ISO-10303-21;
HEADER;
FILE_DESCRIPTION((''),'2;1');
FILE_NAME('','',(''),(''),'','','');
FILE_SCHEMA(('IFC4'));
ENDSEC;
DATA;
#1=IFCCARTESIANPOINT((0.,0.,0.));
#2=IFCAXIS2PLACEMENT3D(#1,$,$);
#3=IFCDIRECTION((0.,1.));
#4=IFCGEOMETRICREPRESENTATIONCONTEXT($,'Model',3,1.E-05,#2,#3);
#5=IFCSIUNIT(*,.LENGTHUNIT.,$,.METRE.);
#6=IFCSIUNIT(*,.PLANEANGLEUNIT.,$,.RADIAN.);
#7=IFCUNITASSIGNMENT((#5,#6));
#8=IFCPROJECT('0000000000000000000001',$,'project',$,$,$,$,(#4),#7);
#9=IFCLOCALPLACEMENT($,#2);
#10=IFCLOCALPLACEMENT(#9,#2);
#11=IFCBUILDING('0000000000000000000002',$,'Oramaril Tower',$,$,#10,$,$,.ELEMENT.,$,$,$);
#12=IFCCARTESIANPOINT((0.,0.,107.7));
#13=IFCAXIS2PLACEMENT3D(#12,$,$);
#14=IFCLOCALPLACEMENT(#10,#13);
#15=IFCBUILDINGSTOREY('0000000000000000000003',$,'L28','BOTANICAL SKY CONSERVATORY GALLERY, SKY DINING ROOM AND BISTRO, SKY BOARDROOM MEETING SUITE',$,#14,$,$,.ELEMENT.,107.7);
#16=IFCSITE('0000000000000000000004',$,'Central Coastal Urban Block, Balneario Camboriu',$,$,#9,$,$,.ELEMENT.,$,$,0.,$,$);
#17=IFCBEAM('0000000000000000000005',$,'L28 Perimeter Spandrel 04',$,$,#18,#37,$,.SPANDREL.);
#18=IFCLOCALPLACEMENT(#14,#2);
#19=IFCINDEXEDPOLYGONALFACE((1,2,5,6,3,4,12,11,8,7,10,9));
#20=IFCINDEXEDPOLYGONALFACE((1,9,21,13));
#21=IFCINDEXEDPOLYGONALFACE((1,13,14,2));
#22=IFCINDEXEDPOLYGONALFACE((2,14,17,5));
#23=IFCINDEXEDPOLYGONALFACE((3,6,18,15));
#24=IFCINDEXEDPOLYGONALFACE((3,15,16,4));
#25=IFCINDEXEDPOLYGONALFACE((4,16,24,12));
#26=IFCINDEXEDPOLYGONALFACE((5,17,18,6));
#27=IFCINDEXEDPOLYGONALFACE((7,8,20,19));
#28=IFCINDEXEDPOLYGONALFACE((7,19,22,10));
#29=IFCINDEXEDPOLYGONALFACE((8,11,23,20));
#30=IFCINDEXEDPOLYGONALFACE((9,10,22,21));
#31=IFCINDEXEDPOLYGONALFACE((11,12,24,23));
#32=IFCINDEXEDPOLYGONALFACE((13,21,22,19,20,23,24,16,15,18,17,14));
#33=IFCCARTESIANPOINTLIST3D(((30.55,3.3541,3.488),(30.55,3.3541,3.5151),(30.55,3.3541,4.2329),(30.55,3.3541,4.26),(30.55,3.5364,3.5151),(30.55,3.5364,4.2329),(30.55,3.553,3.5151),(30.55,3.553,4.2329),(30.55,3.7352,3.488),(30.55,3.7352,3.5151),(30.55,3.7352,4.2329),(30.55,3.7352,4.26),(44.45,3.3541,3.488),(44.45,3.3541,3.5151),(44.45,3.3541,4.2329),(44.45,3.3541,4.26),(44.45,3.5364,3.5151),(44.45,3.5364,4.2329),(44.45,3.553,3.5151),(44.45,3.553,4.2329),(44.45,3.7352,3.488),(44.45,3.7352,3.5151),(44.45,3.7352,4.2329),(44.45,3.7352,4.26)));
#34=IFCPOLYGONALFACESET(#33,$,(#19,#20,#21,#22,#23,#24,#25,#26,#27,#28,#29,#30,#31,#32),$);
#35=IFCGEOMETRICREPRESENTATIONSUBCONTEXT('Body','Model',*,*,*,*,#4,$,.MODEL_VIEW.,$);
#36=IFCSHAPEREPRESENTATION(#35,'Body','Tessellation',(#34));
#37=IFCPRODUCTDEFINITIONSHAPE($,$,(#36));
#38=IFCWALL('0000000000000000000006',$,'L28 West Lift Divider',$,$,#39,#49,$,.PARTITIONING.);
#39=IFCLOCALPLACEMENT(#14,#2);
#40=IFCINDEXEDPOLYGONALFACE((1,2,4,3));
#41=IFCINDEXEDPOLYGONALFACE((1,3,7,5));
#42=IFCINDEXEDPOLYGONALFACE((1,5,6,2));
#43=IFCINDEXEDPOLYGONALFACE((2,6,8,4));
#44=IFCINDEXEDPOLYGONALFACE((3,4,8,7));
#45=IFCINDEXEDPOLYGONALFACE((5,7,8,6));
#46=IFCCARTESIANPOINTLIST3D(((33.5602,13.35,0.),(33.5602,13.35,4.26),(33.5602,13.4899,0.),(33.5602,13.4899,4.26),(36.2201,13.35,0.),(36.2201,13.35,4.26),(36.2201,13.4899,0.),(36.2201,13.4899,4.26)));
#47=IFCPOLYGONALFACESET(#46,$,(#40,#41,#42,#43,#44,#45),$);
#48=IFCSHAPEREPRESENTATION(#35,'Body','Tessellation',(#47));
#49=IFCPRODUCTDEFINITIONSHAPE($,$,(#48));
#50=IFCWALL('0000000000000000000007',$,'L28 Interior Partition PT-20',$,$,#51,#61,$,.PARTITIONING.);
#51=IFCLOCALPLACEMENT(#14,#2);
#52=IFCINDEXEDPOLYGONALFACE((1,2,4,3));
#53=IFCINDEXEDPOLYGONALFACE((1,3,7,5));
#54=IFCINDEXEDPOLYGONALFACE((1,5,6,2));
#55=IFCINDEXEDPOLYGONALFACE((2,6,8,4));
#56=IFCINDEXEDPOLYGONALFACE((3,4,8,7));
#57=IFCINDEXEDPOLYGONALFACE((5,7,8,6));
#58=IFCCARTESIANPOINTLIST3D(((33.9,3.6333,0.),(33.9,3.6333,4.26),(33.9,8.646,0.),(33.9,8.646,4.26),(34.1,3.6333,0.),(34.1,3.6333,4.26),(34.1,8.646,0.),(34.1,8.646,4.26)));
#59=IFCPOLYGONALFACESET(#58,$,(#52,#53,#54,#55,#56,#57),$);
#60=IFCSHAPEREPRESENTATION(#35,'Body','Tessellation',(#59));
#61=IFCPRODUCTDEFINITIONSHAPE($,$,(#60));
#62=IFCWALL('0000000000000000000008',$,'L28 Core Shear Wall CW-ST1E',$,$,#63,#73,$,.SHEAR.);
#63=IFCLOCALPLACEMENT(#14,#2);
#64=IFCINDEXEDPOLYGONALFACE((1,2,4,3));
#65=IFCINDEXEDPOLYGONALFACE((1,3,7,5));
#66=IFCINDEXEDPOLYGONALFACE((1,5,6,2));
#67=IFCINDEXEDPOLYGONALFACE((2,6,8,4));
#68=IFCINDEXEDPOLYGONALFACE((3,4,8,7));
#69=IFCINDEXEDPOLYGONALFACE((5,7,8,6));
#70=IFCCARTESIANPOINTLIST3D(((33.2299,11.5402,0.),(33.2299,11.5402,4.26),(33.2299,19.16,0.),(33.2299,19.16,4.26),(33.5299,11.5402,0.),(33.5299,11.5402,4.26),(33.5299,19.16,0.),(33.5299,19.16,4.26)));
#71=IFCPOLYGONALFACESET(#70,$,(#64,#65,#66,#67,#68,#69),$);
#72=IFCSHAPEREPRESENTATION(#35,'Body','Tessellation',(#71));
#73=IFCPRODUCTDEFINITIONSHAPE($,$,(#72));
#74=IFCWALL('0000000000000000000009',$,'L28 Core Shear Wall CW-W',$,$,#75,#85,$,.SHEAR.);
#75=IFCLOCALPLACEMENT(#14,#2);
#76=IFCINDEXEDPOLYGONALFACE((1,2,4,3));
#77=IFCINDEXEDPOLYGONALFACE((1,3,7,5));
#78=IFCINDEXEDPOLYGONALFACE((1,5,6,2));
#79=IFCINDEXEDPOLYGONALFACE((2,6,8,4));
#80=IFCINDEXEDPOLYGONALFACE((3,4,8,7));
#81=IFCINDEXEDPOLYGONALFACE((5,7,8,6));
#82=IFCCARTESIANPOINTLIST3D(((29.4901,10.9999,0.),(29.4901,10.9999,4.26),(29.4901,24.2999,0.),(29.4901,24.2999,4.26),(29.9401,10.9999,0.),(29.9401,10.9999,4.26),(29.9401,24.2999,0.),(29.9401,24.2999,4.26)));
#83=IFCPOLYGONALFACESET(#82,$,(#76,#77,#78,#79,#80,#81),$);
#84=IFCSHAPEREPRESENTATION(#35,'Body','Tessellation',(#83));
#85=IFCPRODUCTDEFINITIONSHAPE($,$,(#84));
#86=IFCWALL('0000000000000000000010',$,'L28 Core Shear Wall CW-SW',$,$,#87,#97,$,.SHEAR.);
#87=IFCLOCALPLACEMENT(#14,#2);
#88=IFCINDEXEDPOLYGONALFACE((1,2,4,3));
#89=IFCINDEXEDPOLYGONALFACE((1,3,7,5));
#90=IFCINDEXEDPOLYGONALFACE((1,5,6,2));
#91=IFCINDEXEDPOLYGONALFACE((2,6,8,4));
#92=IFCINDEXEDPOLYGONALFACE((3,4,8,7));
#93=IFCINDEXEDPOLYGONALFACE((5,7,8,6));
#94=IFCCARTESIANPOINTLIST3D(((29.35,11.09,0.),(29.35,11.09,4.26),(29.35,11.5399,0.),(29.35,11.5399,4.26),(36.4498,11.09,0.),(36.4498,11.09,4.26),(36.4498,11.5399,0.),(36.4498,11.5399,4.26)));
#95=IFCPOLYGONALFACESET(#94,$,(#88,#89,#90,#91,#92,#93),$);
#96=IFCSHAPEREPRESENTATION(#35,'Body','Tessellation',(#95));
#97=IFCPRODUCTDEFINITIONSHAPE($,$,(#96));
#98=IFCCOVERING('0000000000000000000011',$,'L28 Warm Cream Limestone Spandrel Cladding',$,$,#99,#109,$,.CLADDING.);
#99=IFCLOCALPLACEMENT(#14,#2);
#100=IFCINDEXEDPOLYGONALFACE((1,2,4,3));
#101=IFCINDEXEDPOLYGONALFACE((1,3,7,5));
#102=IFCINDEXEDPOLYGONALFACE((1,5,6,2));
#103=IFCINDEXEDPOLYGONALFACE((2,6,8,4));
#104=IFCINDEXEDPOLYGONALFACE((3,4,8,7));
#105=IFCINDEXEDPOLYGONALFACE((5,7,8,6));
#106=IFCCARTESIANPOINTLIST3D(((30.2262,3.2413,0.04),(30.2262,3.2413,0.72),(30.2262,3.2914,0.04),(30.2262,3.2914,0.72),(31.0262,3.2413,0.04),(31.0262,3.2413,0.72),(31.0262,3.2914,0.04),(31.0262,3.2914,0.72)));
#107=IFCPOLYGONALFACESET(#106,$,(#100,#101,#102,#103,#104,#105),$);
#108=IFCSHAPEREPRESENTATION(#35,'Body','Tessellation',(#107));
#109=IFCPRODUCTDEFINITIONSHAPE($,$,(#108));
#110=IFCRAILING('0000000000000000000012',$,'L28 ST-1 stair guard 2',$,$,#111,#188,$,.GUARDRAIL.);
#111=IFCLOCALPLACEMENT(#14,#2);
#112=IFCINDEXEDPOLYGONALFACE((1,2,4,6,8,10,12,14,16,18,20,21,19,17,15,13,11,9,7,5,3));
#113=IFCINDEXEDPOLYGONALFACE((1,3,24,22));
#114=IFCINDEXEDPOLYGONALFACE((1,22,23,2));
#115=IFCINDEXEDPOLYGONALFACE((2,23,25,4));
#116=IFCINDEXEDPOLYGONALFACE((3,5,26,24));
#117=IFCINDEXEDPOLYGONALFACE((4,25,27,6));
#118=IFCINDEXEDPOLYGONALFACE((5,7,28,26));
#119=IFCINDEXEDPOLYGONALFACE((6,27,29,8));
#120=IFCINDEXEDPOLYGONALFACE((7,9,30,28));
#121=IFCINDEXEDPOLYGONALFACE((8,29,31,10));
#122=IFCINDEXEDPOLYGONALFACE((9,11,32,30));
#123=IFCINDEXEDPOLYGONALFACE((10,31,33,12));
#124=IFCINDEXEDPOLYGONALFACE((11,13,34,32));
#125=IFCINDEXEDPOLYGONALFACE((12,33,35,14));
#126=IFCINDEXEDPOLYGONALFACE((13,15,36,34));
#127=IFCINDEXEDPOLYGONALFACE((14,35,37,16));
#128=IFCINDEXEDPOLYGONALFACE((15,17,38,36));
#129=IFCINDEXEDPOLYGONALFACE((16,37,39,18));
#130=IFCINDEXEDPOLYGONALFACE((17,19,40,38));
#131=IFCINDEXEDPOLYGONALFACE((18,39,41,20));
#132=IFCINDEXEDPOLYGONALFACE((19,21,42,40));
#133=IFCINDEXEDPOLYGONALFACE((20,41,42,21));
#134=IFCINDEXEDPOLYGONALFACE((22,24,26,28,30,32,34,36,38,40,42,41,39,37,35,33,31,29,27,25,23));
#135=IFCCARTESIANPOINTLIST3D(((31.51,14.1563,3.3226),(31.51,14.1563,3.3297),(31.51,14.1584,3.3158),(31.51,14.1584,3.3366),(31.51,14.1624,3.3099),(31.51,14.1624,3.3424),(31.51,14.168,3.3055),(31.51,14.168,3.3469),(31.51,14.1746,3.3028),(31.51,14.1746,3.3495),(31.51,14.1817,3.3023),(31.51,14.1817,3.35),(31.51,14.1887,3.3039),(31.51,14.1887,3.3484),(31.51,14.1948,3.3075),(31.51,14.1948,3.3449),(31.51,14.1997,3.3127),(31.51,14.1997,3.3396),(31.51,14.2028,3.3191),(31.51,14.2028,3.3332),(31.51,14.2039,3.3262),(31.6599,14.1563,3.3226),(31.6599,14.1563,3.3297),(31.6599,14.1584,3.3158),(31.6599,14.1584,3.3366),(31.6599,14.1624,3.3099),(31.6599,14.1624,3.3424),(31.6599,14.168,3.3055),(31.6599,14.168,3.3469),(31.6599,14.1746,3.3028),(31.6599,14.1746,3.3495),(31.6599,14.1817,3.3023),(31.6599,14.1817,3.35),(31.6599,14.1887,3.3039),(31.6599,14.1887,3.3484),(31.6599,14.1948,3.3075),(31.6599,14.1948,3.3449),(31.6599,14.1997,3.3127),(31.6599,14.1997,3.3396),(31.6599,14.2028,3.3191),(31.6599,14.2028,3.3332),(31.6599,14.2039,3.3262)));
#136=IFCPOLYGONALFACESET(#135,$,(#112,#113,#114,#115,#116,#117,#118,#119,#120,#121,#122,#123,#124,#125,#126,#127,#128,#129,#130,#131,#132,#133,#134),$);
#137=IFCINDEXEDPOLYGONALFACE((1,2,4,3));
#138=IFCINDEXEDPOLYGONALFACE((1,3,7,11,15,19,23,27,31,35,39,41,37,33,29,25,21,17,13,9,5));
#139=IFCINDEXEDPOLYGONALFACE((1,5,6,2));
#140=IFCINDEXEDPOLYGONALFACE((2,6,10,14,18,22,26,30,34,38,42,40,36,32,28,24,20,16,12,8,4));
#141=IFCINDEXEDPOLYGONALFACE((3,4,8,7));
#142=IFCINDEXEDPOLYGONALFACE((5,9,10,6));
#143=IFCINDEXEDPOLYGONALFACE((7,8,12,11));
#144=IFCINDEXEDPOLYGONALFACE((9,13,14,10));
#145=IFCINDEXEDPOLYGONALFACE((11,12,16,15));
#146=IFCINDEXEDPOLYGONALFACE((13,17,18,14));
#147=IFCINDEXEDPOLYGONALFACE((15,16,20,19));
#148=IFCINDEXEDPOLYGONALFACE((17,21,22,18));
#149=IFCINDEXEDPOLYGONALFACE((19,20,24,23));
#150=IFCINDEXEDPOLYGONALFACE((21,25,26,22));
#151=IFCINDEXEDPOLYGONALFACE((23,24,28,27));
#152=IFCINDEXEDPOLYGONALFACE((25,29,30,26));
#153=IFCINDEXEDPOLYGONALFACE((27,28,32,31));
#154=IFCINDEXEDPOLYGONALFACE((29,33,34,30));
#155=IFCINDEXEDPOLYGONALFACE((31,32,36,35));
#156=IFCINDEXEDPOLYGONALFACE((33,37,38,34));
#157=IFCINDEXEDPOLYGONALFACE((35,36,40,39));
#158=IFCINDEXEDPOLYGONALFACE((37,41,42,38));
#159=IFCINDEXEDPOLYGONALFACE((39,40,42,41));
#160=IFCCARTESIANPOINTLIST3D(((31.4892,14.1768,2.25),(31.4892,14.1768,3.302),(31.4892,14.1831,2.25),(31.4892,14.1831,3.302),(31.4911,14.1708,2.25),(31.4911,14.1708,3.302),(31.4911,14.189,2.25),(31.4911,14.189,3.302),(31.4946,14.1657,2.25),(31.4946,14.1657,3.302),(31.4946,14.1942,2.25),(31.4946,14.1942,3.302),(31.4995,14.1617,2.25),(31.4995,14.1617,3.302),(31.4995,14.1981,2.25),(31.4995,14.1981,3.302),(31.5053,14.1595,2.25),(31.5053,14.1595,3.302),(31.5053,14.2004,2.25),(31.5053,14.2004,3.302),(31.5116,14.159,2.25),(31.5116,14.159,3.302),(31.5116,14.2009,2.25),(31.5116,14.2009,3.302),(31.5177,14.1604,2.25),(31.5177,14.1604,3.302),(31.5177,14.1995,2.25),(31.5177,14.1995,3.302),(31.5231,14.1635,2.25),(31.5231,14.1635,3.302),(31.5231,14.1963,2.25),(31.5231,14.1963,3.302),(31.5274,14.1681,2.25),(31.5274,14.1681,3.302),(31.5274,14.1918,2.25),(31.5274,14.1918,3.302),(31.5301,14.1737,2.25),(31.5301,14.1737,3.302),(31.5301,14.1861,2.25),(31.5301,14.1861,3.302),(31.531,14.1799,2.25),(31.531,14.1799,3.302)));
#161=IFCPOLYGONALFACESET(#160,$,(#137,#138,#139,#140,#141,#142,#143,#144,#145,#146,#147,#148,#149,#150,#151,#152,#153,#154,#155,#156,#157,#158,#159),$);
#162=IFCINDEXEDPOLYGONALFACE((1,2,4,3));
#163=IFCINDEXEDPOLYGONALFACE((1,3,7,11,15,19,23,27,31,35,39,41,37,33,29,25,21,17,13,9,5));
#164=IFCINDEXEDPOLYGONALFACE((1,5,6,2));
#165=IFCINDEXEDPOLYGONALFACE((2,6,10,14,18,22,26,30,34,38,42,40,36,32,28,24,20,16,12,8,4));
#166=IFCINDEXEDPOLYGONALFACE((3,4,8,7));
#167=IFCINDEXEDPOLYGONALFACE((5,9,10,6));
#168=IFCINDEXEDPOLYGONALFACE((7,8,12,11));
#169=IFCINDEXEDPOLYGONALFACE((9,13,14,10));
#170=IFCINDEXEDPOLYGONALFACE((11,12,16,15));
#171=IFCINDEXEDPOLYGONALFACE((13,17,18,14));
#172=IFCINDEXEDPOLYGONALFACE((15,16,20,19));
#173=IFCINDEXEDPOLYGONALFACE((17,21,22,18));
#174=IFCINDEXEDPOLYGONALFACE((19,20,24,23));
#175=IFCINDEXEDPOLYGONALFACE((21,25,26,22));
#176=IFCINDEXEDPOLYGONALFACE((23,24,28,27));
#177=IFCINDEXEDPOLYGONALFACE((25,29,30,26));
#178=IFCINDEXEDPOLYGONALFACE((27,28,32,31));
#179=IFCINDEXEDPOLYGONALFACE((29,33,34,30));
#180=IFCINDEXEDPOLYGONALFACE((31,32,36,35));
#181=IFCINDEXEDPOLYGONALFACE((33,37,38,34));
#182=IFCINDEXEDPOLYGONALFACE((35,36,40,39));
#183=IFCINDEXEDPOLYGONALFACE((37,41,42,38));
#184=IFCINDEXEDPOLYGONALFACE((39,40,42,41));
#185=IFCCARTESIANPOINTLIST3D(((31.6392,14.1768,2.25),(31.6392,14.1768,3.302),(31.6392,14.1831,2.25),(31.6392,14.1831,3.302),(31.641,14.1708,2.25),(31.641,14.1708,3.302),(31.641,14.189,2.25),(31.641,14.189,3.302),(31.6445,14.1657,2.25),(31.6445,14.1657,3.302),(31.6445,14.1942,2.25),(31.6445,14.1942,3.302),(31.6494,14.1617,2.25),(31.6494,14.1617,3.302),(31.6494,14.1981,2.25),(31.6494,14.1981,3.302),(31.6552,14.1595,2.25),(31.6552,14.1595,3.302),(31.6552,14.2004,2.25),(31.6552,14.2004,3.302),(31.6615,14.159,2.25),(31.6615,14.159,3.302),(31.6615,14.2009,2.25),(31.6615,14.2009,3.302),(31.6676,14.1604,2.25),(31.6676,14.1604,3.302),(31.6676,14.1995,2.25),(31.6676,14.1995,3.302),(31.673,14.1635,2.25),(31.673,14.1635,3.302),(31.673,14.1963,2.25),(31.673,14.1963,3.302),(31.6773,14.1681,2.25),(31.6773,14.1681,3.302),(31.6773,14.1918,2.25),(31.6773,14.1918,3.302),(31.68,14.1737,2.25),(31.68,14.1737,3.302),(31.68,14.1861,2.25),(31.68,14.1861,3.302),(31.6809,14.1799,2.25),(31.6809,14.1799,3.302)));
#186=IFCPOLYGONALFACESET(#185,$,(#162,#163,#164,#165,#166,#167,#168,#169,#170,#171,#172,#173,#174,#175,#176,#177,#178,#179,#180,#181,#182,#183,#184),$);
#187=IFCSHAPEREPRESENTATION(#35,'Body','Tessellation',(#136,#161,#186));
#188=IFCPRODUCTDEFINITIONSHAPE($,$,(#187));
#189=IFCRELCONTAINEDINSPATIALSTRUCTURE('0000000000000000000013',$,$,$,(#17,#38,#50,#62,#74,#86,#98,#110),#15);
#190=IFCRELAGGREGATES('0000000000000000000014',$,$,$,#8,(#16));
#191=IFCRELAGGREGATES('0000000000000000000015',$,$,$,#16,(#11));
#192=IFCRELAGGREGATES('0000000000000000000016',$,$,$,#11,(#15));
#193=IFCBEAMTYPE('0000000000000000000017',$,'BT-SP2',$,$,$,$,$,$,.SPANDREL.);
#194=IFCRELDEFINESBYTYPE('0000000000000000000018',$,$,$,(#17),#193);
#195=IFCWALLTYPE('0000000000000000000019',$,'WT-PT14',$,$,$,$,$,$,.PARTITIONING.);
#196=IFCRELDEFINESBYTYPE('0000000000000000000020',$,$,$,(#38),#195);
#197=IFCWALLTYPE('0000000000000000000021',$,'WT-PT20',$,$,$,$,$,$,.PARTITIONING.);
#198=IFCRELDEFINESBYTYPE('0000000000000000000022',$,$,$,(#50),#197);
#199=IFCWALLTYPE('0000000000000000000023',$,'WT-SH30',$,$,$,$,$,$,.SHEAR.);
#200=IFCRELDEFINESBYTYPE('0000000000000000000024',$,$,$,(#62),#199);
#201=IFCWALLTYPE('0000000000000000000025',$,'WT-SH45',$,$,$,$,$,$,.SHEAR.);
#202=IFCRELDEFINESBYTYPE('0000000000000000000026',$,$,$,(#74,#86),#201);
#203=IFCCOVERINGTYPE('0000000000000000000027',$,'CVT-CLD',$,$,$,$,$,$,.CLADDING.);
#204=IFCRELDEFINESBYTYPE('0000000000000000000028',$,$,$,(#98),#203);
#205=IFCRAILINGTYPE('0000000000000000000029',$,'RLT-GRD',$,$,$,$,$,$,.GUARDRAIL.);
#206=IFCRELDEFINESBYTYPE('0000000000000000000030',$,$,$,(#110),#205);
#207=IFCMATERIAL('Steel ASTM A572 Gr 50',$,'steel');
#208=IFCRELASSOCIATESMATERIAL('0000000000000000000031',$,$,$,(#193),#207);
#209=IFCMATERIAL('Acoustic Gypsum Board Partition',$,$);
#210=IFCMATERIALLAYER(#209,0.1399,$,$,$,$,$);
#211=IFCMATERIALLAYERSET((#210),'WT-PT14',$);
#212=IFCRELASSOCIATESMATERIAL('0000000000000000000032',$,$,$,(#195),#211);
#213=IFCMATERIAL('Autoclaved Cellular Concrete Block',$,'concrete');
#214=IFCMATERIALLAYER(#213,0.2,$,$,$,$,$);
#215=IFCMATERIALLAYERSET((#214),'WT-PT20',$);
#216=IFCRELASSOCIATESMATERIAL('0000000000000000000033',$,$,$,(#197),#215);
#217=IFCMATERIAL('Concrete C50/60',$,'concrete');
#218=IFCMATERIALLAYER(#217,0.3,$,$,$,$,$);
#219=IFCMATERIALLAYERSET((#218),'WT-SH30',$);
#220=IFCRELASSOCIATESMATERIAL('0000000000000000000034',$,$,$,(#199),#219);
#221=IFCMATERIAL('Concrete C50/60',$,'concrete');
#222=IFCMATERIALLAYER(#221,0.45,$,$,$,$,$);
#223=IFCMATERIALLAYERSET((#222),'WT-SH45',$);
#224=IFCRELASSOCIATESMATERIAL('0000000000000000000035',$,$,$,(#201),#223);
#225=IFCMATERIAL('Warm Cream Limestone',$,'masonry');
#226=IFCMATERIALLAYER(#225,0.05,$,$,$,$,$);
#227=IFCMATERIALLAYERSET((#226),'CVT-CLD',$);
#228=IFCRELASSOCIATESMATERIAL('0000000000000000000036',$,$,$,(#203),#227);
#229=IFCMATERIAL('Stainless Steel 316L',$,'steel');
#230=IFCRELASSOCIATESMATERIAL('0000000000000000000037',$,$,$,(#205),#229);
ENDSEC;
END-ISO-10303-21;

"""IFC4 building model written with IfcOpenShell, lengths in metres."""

from ifc_helpers import new_model, si_unit, direction, frame, frame_2d, origin, origin_2d, place, context, subcontext, project, spatial, rectangle, circle, i_section, extrude, material, layer, layer_set, material_profile, profile_set, type_object, element, save


model = new_model("IFC4")

# Units and contexts
model_context = context("Model", 3, precision=1e-05, world=origin(), true_north=direction((0.0, 1.0)))
body_context = subcontext(model_context, "Body", "Model", "MODEL_VIEW")
ifc_project = project(units=[si_unit("LENGTHUNIT", "METRE"), si_unit("PLANEANGLEUNIT", "RADIAN")], contexts=[model_context])

# Site, building, storey
site_placement = place(None, origin())
site = spatial("IfcSite", under=ifc_project, at=site_placement, Name="Central Coastal Urban Block, Balneario Camboriu", CompositionType="ELEMENT", RefElevation=0.0)
building_placement = place(site_placement, origin())
building = spatial("IfcBuilding", under=site, at=building_placement, Name="Oramaril Tower", CompositionType="ELEMENT")
storey_placement = place(building_placement, frame((0.0, 0.0, 107.7)))
storey = spatial("IfcBuildingStorey", under=building, at=storey_placement, Name="L28", Description="BOTANICAL SKY CONSERVATORY GALLERY, SKY DINING ROOM AND BISTRO, SKY BOARDROOM MEETING SUITE", CompositionType="ELEMENT", Elevation=107.7)

# Beam
ifc_material_1 = material(Name="Steel ASTM A572 Gr 50", Category="steel")
ifc_material_profile_1 = material_profile(ifc_material_1, i_section(OverallWidth=0.3811, OverallDepth=0.772, WebThickness=0.0166, FlangeThickness=0.0271, at=origin_2d()), Name="W30X173")
ifc_profile_set_1 = profile_set([ifc_material_profile_1], Name="Steel ASTM A572 Gr 50")
beam_type_1 = type_object("IfcBeamType", Name="BT-SP2", PredefinedType="SPANDREL", material=ifc_profile_set_1)
beam_1_placement = place(storey_placement, frame((30.55, 3.5447, 3.874), z_axis=(1.0, 0.0, 0.0), x_axis=(0.0, 1.0, 0.0)))
element("IfcBeam", 1, at=beam_1_placement, inside=storey, type_object=beam_type_1, Name="L28 Perimeter Spandrel 04", PredefinedType="SPANDREL", context=body_context, shape_type="SweptSolid", body=[
    extrude(i_section(OverallWidth=0.3811, OverallDepth=0.772, WebThickness=0.0166, FlangeThickness=0.0271, at=origin_2d()), origin(), (0.0, 0.0, 1.0), 13.8999),
])

# Walls
ifc_material_2 = material(Name="Acoustic Gypsum Board Partition")
ifc_layer_1 = layer(ifc_material_2, 0.1399)
ifc_layer_set_1 = layer_set([ifc_layer_1], Name="WT-PT14")
wall_type_1 = type_object("IfcWallType", Name="WT-PT14", PredefinedType="PARTITIONING", material=ifc_layer_set_1)
wall_1_placement = place(storey_placement, frame((33.5601, 13.4199, 0.0), z_axis=(0.0, 0.0, 1.0), x_axis=(1.0, 0.0, 0.0)))
element("IfcWall", 2, at=wall_1_placement, inside=storey, type_object=wall_type_1, Name="L28 West Lift Divider", PredefinedType="PARTITIONING", context=body_context, shape_type="SweptSolid", body=[
    extrude(rectangle(XDim=2.6599, YDim=0.1399, at=frame_2d((1.3301, 0.0))), origin(), (0.0, 0.0, 1.0), 4.26),
])
ifc_material_3 = material(Name="Autoclaved Cellular Concrete Block", Category="concrete")
ifc_layer_2 = layer(ifc_material_3, 0.2)
ifc_layer_set_2 = layer_set([ifc_layer_2], Name="WT-PT20")
wall_type_2 = type_object("IfcWallType", Name="WT-PT20", PredefinedType="PARTITIONING", material=ifc_layer_set_2)
wall_2_placement = place(storey_placement, frame((34.0, 3.6333, 0.0), z_axis=(0.0, 0.0, 1.0), x_axis=(0.0, 1.0, 0.0)))
element("IfcWall", 3, at=wall_2_placement, inside=storey, type_object=wall_type_2, Name="L28 Interior Partition PT-20", PredefinedType="PARTITIONING", context=body_context, shape_type="SweptSolid", body=[
    extrude(rectangle(XDim=5.0127, YDim=0.2, at=frame_2d((2.5063, 0.0))), origin(), (0.0, 0.0, 1.0), 4.26),
])
ifc_material_4 = material(Name="Concrete C50/60", Category="concrete")
ifc_layer_3 = layer(ifc_material_4, 0.3)
ifc_layer_set_3 = layer_set([ifc_layer_3], Name="WT-SH30")
wall_type_3 = type_object("IfcWallType", Name="WT-SH30", PredefinedType="SHEAR", material=ifc_layer_set_3)
wall_3_placement = place(storey_placement, frame((33.3799, 11.54, 0.0), z_axis=(0.0, 0.0, 1.0), x_axis=(0.0, 1.0, 0.0)))
element("IfcWall", 4, at=wall_3_placement, inside=storey, type_object=wall_type_3, Name="L28 Core Shear Wall CW-ST1E", PredefinedType="SHEAR", context=body_context, shape_type="SweptSolid", body=[
    extrude(rectangle(XDim=7.6199, YDim=0.3, at=frame_2d((3.8101, 0.0))), origin(), (0.0, 0.0, 1.0), 4.26),
])
ifc_material_5 = material(Name="Concrete C50/60", Category="concrete")
ifc_layer_4 = layer(ifc_material_5, 0.45)
ifc_layer_set_4 = layer_set([ifc_layer_4], Name="WT-SH45")
wall_type_4 = type_object("IfcWallType", Name="WT-SH45", PredefinedType="SHEAR", material=ifc_layer_set_4)
wall_4_placement = place(storey_placement, frame((29.7151, 11.0, 0.0), z_axis=(0.0, 0.0, 1.0), x_axis=(0.0, 1.0, 0.0)))
element("IfcWall", 5, at=wall_4_placement, inside=storey, type_object=wall_type_4, Name="L28 Core Shear Wall CW-W", PredefinedType="SHEAR", context=body_context, shape_type="SweptSolid", body=[
    extrude(rectangle(XDim=13.3, YDim=0.45, at=frame_2d((6.6499, 0.0))), origin(), (0.0, 0.0, 1.0), 4.26),
])
wall_5_placement = place(storey_placement, frame((29.3501, 11.3149, 0.0), z_axis=(0.0, 0.0, 1.0), x_axis=(1.0, 0.0, 0.0)))
element("IfcWall", 6, at=wall_5_placement, inside=storey, type_object=wall_type_4, Name="L28 Core Shear Wall CW-SW", PredefinedType="SHEAR", context=body_context, shape_type="SweptSolid", body=[
    extrude(rectangle(XDim=7.0999, YDim=0.45, at=frame_2d((3.5498, 0.0))), origin(), (0.0, 0.0, 1.0), 4.26),
])

# Covering
ifc_material_6 = material(Name="Warm Cream Limestone", Category="masonry")
ifc_layer_5 = layer(ifc_material_6, 0.05)
ifc_layer_set_5 = layer_set([ifc_layer_5], Name="CVT-CLD")
covering_type = type_object("IfcCoveringType", Name="CVT-CLD", PredefinedType="CLADDING", material=ifc_layer_set_5)
covering_placement = place(storey_placement, frame((30.6262, 3.2664, 0.04), z_axis=(0.0, 0.0, 1.0), x_axis=(1.0, 0.0, 0.0)))
element("IfcCovering", 7, at=covering_placement, inside=storey, type_object=covering_type, Name="L28 Warm Cream Limestone Spandrel Cladding", PredefinedType="CLADDING", context=body_context, shape_type="SweptSolid", body=[
    extrude(rectangle(XDim=0.8, YDim=0.05, at=origin_2d()), origin(), (0.0, 0.0, 1.0), 0.6799),
])

# Railing
ifc_material_7 = material(Name="Stainless Steel 316L", Category="steel")
railing_type = type_object("IfcRailingType", Name="RLT-GRD", PredefinedType="GUARDRAIL", material=ifc_material_7)
railing_1_placement = place(storey_placement, frame((31.51, 14.1799, 2.25)))
element("IfcRailing", 8, at=railing_1_placement, inside=storey, type_object=railing_type, Name="L28 ST-1 stair guard 2", PredefinedType="GUARDRAIL", context=body_context, shape_type="SweptSolid", body=[
    extrude(circle(Radius=0.0239, at=origin_2d()), frame((0.0, 0.0, 1.0762), z_axis=(1.0, 0.0, 0.0), x_axis=(0.0, 1.0, 0.0)), (0.0, 0.0, 1.0), 0.1499),
    extrude(circle(Radius=0.021, at=origin_2d()), origin(), (0.0, 0.0, 1.0), 1.052),
    extrude(circle(Radius=0.021, at=origin_2d()), frame((0.1499, 0.0, 0.0)), (0.0, 0.0, 1.0), 1.052),
])

save(model, "model.ifc")
